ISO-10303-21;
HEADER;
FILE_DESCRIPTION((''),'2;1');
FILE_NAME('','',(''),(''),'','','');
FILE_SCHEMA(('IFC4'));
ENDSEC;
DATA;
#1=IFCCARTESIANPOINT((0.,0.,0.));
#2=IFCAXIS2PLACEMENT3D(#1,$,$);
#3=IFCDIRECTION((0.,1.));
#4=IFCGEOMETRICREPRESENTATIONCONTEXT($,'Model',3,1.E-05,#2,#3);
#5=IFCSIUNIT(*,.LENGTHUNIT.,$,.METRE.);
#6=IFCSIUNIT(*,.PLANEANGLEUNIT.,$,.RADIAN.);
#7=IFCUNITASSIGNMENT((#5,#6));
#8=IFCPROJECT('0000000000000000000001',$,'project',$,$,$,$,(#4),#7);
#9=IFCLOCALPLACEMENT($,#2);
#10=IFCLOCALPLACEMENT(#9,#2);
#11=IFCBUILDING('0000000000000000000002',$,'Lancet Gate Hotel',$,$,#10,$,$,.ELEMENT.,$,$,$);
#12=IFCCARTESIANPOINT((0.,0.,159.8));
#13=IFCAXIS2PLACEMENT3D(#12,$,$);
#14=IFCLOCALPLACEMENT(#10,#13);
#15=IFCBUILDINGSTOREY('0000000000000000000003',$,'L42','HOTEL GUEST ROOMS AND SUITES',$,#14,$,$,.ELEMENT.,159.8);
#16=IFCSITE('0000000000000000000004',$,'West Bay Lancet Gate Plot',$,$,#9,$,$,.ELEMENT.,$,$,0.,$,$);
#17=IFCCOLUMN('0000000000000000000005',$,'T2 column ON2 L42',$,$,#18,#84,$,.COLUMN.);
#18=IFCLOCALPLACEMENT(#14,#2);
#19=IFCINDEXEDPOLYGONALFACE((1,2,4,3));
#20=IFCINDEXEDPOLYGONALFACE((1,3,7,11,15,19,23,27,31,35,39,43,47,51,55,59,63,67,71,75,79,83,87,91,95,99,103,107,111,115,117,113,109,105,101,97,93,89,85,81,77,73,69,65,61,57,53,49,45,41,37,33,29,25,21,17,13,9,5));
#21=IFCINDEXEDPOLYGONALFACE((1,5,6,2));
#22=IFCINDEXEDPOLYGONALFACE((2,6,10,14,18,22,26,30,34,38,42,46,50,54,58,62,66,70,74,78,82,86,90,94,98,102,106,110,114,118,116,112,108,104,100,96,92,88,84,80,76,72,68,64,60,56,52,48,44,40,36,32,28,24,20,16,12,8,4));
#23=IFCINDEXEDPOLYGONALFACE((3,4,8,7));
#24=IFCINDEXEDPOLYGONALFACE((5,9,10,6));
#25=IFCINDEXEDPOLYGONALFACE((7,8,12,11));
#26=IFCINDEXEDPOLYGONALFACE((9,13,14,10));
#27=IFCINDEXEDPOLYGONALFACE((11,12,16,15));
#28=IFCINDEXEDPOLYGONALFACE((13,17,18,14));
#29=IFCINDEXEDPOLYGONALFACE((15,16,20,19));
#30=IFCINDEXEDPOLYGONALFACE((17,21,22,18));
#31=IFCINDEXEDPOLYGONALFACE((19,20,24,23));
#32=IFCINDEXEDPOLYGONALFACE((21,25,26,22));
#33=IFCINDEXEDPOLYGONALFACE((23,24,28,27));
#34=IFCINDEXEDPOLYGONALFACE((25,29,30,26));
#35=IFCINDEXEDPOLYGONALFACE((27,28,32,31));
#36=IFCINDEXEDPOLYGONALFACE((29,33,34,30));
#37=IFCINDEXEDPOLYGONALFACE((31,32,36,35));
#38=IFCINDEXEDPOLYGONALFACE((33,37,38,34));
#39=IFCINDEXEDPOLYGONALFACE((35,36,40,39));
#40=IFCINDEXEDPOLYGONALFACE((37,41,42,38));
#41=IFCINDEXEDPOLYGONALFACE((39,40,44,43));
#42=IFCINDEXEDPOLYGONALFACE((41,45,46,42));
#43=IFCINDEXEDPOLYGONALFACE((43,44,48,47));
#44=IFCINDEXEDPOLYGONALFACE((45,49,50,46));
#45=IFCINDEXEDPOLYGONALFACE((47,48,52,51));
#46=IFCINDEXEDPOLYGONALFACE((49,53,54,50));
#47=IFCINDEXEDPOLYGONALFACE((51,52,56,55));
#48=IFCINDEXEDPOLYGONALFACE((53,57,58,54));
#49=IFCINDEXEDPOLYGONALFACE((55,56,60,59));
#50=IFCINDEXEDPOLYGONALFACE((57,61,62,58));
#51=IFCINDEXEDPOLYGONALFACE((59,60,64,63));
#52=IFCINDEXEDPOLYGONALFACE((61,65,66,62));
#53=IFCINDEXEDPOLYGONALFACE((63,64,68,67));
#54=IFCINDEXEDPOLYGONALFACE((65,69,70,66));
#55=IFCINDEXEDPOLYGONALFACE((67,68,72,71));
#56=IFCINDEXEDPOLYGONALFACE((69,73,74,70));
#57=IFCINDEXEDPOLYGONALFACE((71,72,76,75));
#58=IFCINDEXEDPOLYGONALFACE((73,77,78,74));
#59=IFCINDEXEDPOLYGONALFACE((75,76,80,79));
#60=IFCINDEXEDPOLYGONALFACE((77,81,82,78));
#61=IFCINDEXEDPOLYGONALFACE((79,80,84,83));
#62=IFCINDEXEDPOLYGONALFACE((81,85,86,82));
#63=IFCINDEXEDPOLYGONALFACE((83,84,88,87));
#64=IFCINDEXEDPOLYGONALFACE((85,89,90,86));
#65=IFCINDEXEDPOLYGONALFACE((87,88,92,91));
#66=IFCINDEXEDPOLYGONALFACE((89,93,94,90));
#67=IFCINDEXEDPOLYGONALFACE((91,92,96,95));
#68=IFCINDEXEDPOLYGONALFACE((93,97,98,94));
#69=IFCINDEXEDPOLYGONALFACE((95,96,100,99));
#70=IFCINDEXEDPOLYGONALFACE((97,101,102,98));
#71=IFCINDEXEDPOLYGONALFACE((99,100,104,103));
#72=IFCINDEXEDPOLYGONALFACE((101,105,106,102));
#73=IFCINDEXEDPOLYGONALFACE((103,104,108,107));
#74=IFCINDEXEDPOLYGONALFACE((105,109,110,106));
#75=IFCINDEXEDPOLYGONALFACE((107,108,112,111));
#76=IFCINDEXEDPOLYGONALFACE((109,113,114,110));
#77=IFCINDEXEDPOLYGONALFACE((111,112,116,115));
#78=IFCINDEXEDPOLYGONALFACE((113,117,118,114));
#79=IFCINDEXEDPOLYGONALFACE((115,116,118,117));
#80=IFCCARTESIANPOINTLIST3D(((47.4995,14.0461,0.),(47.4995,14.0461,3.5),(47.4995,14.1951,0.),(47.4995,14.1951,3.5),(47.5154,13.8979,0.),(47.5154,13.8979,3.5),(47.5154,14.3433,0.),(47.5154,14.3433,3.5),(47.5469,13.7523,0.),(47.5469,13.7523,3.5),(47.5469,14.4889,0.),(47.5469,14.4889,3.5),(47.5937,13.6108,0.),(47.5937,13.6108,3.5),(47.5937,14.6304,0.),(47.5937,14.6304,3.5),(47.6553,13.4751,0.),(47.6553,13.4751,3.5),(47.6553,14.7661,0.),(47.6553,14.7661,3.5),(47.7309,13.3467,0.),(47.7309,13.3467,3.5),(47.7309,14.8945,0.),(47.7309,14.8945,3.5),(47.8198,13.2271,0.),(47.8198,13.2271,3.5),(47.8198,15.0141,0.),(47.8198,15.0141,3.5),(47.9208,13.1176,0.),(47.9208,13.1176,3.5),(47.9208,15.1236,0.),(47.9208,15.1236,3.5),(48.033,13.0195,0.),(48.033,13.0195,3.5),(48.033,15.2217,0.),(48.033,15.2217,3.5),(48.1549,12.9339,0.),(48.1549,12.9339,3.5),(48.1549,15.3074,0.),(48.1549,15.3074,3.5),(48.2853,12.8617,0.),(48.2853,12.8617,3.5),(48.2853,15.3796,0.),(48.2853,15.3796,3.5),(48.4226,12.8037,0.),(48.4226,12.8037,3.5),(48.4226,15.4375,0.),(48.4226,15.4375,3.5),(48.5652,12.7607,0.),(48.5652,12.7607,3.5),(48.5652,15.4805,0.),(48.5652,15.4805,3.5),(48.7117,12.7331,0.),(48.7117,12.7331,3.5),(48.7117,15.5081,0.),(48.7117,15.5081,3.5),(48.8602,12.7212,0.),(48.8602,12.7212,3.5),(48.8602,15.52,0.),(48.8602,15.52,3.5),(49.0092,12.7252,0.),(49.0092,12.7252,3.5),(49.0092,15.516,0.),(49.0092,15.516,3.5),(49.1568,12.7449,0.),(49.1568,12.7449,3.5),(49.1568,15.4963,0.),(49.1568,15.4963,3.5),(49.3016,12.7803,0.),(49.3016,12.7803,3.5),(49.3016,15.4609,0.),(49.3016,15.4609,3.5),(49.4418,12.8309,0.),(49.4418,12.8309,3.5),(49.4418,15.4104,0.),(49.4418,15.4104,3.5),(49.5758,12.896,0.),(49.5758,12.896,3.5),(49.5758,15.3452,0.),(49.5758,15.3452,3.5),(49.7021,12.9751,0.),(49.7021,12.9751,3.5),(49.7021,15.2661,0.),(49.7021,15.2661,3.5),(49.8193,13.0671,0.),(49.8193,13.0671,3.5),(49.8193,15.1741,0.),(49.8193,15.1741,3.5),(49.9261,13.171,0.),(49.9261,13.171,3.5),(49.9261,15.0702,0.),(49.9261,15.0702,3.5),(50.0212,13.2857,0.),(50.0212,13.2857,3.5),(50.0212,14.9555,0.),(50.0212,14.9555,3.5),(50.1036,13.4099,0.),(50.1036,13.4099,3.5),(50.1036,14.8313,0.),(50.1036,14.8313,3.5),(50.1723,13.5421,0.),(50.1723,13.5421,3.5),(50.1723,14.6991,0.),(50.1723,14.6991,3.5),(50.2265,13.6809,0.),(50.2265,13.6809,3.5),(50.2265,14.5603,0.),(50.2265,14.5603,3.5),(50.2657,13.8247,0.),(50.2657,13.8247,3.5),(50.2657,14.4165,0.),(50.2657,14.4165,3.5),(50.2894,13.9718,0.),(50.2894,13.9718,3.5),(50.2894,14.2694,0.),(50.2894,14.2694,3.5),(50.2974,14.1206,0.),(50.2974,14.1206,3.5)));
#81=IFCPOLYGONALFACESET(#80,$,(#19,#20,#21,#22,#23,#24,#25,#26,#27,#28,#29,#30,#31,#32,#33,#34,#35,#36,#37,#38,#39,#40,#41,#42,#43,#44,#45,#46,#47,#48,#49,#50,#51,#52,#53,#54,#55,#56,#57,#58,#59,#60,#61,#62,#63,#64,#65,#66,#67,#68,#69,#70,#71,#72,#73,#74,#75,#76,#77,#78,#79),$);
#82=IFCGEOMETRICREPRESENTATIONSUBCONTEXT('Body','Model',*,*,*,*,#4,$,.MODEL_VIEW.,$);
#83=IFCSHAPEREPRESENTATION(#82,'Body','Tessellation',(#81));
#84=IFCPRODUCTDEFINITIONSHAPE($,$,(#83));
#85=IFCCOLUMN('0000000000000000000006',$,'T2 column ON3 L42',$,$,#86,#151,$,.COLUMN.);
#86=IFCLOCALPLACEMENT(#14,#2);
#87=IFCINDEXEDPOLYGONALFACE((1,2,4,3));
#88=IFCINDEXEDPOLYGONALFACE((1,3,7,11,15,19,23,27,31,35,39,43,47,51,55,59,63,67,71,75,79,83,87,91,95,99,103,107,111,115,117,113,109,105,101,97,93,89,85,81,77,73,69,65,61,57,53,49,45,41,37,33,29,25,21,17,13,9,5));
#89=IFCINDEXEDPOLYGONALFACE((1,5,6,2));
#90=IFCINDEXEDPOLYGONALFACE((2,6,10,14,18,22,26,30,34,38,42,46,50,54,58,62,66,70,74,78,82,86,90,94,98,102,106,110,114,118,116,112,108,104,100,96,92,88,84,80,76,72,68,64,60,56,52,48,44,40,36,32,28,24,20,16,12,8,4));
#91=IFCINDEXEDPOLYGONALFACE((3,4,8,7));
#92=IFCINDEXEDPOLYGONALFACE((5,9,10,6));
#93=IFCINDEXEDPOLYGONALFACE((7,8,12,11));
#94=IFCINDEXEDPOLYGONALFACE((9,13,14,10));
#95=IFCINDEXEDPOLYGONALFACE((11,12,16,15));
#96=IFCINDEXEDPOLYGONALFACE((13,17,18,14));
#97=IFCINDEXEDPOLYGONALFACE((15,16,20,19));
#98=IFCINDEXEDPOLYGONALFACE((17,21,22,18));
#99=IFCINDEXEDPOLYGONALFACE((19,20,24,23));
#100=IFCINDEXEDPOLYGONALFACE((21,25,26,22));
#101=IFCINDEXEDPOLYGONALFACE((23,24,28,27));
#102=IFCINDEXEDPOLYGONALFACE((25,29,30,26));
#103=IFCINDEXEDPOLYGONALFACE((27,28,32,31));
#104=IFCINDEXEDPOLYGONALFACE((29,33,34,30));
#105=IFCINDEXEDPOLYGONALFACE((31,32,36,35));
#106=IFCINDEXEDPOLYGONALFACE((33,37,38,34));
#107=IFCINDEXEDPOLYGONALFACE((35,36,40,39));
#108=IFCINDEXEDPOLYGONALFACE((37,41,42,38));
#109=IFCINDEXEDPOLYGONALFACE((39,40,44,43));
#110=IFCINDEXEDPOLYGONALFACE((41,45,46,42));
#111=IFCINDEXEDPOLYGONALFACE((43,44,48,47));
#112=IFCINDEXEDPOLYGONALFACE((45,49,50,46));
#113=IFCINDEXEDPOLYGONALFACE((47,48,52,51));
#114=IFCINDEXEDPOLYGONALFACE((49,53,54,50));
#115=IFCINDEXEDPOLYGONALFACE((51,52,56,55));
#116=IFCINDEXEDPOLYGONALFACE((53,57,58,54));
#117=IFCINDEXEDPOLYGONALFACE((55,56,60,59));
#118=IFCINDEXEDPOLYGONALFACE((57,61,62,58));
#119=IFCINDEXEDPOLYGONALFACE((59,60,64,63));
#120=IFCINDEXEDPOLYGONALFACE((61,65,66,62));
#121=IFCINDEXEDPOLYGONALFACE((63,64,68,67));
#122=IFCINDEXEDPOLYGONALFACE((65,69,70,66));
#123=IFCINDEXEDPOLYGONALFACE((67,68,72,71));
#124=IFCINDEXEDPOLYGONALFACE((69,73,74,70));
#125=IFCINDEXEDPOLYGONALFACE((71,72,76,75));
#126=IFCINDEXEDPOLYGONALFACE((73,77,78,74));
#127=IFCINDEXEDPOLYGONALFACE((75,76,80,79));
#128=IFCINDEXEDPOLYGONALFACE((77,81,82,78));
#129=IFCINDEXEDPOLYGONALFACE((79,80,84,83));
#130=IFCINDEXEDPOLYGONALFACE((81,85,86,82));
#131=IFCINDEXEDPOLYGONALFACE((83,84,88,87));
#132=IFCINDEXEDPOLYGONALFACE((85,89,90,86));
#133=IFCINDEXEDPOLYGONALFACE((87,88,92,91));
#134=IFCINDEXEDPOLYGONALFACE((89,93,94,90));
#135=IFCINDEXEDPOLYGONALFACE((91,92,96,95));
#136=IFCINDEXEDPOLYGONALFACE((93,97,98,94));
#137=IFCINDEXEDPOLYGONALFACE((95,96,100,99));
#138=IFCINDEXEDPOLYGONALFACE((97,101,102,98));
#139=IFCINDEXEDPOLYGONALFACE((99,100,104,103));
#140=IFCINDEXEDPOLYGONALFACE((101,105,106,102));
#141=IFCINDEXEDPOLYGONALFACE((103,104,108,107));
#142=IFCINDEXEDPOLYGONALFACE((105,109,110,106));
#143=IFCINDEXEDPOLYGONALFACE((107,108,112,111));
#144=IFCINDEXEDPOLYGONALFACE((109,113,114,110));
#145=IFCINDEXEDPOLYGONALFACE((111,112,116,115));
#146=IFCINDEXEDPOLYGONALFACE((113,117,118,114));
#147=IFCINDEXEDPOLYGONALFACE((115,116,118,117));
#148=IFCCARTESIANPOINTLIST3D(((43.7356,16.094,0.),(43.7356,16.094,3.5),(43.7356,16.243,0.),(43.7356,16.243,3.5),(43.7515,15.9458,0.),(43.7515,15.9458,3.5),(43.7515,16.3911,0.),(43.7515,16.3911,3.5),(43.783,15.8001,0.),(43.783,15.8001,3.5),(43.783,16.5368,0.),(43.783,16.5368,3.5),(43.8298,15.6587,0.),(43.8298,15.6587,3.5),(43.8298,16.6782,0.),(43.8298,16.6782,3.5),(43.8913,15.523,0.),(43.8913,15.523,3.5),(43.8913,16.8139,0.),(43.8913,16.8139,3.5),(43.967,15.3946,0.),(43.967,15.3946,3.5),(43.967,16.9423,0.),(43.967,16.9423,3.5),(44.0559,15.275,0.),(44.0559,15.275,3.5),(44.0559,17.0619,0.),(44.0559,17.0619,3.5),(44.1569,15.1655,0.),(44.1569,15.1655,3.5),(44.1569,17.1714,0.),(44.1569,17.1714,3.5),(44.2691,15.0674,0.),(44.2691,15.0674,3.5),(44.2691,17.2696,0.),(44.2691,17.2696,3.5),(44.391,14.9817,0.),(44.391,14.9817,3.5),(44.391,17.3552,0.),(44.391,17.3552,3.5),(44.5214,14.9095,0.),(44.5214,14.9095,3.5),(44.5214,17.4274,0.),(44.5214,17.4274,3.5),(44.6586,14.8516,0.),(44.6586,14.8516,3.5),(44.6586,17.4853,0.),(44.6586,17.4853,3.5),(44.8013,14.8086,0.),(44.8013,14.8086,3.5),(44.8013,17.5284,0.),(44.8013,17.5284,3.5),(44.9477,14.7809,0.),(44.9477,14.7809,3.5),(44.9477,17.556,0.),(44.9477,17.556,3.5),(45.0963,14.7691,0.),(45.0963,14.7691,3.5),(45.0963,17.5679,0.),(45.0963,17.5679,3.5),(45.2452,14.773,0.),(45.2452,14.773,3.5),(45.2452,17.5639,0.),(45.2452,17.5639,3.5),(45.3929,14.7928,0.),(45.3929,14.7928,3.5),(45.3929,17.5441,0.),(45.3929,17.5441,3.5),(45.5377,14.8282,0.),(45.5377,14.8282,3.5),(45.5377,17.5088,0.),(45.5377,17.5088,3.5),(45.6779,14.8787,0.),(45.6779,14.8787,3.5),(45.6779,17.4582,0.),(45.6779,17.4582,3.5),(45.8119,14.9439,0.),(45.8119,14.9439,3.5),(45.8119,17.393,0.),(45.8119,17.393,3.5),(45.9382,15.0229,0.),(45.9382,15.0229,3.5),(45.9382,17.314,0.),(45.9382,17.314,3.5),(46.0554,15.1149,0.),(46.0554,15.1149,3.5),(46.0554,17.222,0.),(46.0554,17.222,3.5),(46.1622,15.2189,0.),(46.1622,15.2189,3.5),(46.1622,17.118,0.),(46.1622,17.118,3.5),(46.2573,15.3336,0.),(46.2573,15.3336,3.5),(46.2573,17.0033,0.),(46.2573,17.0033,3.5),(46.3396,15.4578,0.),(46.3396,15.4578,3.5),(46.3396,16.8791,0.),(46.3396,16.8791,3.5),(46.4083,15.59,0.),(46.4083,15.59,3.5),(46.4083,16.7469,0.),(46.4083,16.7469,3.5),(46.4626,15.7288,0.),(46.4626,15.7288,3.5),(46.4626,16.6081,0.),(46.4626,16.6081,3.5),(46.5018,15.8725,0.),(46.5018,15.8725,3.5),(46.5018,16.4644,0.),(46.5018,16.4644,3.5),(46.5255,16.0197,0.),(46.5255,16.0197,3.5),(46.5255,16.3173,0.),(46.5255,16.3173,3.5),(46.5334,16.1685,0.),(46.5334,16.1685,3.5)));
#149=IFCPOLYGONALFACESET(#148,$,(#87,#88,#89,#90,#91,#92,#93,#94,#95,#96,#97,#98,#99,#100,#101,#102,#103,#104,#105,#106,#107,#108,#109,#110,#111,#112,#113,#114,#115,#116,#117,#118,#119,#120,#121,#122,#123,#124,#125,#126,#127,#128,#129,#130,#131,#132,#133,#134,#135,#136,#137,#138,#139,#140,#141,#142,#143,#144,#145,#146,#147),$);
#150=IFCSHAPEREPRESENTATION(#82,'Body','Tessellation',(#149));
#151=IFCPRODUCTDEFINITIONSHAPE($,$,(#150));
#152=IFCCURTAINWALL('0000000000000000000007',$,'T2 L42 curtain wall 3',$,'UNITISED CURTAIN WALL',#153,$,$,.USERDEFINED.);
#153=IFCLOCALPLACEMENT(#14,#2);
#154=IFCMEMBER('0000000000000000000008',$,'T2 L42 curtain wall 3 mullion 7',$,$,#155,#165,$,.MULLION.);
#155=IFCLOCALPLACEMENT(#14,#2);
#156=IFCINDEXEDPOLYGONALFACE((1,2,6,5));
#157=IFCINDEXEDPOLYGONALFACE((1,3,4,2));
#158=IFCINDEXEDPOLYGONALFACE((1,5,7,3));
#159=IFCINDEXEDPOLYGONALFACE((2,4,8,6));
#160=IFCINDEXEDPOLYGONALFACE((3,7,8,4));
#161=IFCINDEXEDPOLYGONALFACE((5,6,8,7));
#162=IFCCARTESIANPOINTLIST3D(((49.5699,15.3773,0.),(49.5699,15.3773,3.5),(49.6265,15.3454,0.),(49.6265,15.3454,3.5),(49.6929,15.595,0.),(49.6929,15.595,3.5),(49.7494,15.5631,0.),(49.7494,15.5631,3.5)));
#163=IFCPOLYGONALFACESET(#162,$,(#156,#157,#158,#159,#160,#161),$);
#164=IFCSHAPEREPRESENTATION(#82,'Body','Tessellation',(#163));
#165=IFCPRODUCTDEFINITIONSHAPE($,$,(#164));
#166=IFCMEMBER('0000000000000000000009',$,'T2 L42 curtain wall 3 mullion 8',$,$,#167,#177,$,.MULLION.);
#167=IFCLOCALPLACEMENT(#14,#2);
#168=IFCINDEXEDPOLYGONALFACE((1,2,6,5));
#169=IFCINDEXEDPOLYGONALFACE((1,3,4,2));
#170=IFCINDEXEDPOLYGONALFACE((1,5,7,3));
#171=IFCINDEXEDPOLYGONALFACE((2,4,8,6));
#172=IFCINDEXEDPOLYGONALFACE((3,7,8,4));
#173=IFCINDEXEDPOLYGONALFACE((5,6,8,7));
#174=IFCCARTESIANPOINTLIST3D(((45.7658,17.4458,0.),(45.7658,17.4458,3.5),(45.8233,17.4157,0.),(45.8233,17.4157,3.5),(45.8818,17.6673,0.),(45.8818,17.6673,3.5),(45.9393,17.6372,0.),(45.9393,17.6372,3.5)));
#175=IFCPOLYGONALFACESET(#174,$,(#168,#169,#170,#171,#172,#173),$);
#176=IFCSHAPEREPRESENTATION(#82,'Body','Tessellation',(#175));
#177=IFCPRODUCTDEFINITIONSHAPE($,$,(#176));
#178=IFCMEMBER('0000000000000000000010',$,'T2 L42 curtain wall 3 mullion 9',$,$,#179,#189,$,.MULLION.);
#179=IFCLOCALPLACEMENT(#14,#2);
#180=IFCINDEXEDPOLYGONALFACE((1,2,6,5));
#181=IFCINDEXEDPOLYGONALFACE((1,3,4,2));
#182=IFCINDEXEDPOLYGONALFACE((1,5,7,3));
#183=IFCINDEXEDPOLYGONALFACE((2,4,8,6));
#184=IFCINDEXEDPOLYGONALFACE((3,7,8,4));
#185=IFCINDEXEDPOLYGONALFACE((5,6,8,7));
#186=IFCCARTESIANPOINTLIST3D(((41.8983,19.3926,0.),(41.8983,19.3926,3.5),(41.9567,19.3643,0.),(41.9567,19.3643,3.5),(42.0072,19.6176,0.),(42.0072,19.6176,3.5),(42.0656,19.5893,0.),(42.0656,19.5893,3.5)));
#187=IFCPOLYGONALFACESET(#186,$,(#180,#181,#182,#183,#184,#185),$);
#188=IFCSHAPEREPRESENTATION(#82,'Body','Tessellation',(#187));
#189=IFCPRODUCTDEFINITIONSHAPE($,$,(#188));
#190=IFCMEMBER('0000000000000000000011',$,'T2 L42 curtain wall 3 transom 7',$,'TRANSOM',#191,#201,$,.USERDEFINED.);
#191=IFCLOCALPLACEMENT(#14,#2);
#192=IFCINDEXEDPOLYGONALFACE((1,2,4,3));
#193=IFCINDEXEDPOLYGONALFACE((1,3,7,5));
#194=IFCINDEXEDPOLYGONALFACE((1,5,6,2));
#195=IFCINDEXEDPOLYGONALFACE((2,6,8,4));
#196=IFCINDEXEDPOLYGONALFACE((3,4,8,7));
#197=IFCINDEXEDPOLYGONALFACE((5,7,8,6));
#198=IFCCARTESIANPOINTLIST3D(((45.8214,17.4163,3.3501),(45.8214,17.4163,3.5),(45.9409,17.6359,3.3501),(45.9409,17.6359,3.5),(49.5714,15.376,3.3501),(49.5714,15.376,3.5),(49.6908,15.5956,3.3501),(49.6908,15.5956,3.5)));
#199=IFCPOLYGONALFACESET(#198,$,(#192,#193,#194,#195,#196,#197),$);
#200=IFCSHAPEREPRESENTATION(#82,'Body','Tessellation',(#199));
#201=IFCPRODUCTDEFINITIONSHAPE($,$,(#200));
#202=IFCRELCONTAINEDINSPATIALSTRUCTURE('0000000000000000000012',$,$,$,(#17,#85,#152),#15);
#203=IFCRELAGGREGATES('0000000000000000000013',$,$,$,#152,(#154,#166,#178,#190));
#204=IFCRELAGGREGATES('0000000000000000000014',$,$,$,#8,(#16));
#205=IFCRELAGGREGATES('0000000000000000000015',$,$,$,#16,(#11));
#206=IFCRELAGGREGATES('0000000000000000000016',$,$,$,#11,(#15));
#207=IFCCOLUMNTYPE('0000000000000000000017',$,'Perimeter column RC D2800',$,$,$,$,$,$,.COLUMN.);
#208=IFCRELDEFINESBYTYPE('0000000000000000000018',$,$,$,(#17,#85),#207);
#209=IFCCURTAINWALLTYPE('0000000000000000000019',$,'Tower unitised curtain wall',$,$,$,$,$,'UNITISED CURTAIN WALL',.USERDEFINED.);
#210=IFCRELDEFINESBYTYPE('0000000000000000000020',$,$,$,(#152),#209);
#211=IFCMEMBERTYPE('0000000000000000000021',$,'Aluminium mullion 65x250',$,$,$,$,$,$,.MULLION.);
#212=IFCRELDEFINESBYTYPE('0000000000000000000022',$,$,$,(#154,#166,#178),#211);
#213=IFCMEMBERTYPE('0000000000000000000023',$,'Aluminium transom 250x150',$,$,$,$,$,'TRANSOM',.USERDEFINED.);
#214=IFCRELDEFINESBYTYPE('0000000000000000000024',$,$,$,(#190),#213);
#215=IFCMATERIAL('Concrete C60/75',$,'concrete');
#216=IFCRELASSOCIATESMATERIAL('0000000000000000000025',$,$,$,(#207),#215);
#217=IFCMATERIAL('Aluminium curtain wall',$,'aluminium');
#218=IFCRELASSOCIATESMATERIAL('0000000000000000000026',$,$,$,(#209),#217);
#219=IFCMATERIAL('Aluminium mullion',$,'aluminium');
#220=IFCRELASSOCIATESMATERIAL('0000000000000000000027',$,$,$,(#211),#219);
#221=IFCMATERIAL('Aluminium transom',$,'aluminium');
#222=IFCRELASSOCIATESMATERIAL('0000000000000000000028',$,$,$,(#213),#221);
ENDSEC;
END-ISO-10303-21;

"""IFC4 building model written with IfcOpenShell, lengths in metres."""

from ifc_helpers import new_model, si_unit, direction, frame, origin, origin_2d, place, context, subcontext, project, spatial, rectangle, circle, extrude, material, material_profile, profile_set, type_object, element, aggregate, save


model = new_model("IFC4")

# Units and contexts
model_context = context("Model", 3, precision=1e-05, world=origin(), true_north=direction((0.0, 1.0)))
body_context = subcontext(model_context, "Body", "Model", "MODEL_VIEW")
ifc_project = project(units=[si_unit("LENGTHUNIT", "METRE"), si_unit("PLANEANGLEUNIT", "RADIAN")], contexts=[model_context])

# Site, building, storey
site_placement = place(None, origin())
site = spatial("IfcSite", under=ifc_project, at=site_placement, Name="West Bay Lancet Gate Plot", CompositionType="ELEMENT", RefElevation=0.0)
building_placement = place(site_placement, origin())
building = spatial("IfcBuilding", under=site, at=building_placement, Name="Lancet Gate Hotel", CompositionType="ELEMENT")
storey_placement = place(building_placement, frame((0.0, 0.0, 159.8)))
storey = spatial("IfcBuildingStorey", under=building, at=storey_placement, Name="L42", Description="HOTEL GUEST ROOMS AND SUITES", CompositionType="ELEMENT", Elevation=159.8)

# Columns
ifc_material_1 = material(Name="Concrete C60/75", Category="concrete")
ifc_material_profile_1 = material_profile(ifc_material_1, circle(Radius=1.3999, at=origin_2d()), Name="RC D2800")
ifc_profile_set_1 = profile_set([ifc_material_profile_1], Name="Concrete C60/75")
column_type = type_object("IfcColumnType", Name="Perimeter column RC D2800", PredefinedType="COLUMN", material=ifc_profile_set_1)
for number, where, z_axis, x_axis, name in (
    (1, (48.8975, 14.1206, 0.0), (0.0, 0.0, 1.0), (1.0, 0.0, 0.0), "T2 column ON2 L42"),
    (2, (45.1335, 16.1685, 0.0), (0.0, 0.0, 1.0), (1.0, 0.0, 0.0), "T2 column ON3 L42"),
):
    element("IfcColumn", number, at=place(storey_placement, frame(where, z_axis=z_axis, x_axis=x_axis)), inside=storey, type_object=column_type, Name=name, PredefinedType="COLUMN", context=body_context, shape_type="SweptSolid", body=[
        extrude(circle(Radius=1.3999, at=origin_2d()), origin(), (0.0, 0.0, 1.0), 3.5),
    ])

# Curtain wall, members
ifc_material_2 = material(Name="Aluminium curtain wall", Category="aluminium")
curtain_wall_type = type_object("IfcCurtainWallType", Name="Tower unitised curtain wall", ElementType="UNITISED CURTAIN WALL", PredefinedType="USERDEFINED", material=ifc_material_2)
curtain_wall_placement = place(storey_placement, origin())
curtain_wall = element("IfcCurtainWall", 3, at=curtain_wall_placement, inside=storey, type_object=curtain_wall_type, Name="T2 L42 curtain wall 3", ObjectType="UNITISED CURTAIN WALL", PredefinedType="USERDEFINED")
ifc_material_3 = material(Name="Aluminium mullion", Category="aluminium")
ifc_material_profile_2 = material_profile(ifc_material_3, rectangle(XDim=0.0649, YDim=0.25, at=origin_2d()), Name="MULLION 65x250")
ifc_profile_set_2 = profile_set([ifc_material_profile_2], Name="Aluminium mullion")
member_type_1 = type_object("IfcMemberType", Name="Aluminium mullion 65x250", PredefinedType="MULLION", material=ifc_profile_set_2)
member_1_placement = place(storey_placement, frame((49.6597, 15.4702, 0.0), z_axis=(0.0, 0.0, 1.0), x_axis=(-0.870722, 0.491776, 0.0)))
member_1 = element("IfcMember", 4, at=member_1_placement, type_object=member_type_1, Name="T2 L42 curtain wall 3 mullion 7", PredefinedType="MULLION", context=body_context, shape_type="SweptSolid", body=[
    extrude(rectangle(XDim=0.0649, YDim=0.25, at=origin_2d()), origin(), (0.0, 0.0, 1.0), 3.5),
])
member_2_placement = place(storey_placement, frame((45.8525, 17.5415, 0.0), z_axis=(0.0, 0.0, 1.0), x_axis=(-0.885877, 0.46392, 0.0)))
member_2 = element("IfcMember", 5, at=member_2_placement, type_object=member_type_1, Name="T2 L42 curtain wall 3 mullion 8", PredefinedType="MULLION", context=body_context, shape_type="SweptSolid", body=[
    extrude(rectangle(XDim=0.0649, YDim=0.25, at=origin_2d()), origin(), (0.0, 0.0, 1.0), 3.5),
])
member_3_placement = place(storey_placement, frame((41.9819, 19.491, 0.0), z_axis=(0.0, 0.0, 1.0), x_axis=(-0.900141, 0.435598, 0.0)))
member_3 = element("IfcMember", 6, at=member_3_placement, type_object=member_type_1, Name="T2 L42 curtain wall 3 mullion 9", PredefinedType="MULLION", context=body_context, shape_type="SweptSolid", body=[
    extrude(rectangle(XDim=0.0649, YDim=0.25, at=origin_2d()), origin(), (0.0, 0.0, 1.0), 3.5),
])
ifc_material_4 = material(Name="Aluminium transom", Category="aluminium")
ifc_material_profile_3 = material_profile(ifc_material_4, rectangle(XDim=0.25, YDim=0.1499, at=origin_2d()), Name="TRANSOM 250x150")
ifc_profile_set_3 = profile_set([ifc_material_profile_3], Name="Aluminium transom")
member_type_2 = type_object("IfcMemberType", Name="Aluminium transom 250x150", ElementType="TRANSOM", PredefinedType="USERDEFINED", material=ifc_profile_set_3)
member_4_placement = place(storey_placement, frame((49.6311, 15.4858, 3.425), z_axis=(-0.878404, 0.477918, 0.0), x_axis=(-0.477918, -0.878404, 0.0)))
member_4 = element("IfcMember", 7, at=member_4_placement, type_object=member_type_2, Name="T2 L42 curtain wall 3 transom 7", ObjectType="TRANSOM", PredefinedType="USERDEFINED", context=body_context, shape_type="SweptSolid", body=[
    extrude(rectangle(XDim=0.25, YDim=0.1499, at=origin_2d()), origin(), (0.0, 0.0, 1.0), 4.269),
])

aggregate(curtain_wall, [member_1, member_2, member_3, member_4])

save(model, "model.ifc")
